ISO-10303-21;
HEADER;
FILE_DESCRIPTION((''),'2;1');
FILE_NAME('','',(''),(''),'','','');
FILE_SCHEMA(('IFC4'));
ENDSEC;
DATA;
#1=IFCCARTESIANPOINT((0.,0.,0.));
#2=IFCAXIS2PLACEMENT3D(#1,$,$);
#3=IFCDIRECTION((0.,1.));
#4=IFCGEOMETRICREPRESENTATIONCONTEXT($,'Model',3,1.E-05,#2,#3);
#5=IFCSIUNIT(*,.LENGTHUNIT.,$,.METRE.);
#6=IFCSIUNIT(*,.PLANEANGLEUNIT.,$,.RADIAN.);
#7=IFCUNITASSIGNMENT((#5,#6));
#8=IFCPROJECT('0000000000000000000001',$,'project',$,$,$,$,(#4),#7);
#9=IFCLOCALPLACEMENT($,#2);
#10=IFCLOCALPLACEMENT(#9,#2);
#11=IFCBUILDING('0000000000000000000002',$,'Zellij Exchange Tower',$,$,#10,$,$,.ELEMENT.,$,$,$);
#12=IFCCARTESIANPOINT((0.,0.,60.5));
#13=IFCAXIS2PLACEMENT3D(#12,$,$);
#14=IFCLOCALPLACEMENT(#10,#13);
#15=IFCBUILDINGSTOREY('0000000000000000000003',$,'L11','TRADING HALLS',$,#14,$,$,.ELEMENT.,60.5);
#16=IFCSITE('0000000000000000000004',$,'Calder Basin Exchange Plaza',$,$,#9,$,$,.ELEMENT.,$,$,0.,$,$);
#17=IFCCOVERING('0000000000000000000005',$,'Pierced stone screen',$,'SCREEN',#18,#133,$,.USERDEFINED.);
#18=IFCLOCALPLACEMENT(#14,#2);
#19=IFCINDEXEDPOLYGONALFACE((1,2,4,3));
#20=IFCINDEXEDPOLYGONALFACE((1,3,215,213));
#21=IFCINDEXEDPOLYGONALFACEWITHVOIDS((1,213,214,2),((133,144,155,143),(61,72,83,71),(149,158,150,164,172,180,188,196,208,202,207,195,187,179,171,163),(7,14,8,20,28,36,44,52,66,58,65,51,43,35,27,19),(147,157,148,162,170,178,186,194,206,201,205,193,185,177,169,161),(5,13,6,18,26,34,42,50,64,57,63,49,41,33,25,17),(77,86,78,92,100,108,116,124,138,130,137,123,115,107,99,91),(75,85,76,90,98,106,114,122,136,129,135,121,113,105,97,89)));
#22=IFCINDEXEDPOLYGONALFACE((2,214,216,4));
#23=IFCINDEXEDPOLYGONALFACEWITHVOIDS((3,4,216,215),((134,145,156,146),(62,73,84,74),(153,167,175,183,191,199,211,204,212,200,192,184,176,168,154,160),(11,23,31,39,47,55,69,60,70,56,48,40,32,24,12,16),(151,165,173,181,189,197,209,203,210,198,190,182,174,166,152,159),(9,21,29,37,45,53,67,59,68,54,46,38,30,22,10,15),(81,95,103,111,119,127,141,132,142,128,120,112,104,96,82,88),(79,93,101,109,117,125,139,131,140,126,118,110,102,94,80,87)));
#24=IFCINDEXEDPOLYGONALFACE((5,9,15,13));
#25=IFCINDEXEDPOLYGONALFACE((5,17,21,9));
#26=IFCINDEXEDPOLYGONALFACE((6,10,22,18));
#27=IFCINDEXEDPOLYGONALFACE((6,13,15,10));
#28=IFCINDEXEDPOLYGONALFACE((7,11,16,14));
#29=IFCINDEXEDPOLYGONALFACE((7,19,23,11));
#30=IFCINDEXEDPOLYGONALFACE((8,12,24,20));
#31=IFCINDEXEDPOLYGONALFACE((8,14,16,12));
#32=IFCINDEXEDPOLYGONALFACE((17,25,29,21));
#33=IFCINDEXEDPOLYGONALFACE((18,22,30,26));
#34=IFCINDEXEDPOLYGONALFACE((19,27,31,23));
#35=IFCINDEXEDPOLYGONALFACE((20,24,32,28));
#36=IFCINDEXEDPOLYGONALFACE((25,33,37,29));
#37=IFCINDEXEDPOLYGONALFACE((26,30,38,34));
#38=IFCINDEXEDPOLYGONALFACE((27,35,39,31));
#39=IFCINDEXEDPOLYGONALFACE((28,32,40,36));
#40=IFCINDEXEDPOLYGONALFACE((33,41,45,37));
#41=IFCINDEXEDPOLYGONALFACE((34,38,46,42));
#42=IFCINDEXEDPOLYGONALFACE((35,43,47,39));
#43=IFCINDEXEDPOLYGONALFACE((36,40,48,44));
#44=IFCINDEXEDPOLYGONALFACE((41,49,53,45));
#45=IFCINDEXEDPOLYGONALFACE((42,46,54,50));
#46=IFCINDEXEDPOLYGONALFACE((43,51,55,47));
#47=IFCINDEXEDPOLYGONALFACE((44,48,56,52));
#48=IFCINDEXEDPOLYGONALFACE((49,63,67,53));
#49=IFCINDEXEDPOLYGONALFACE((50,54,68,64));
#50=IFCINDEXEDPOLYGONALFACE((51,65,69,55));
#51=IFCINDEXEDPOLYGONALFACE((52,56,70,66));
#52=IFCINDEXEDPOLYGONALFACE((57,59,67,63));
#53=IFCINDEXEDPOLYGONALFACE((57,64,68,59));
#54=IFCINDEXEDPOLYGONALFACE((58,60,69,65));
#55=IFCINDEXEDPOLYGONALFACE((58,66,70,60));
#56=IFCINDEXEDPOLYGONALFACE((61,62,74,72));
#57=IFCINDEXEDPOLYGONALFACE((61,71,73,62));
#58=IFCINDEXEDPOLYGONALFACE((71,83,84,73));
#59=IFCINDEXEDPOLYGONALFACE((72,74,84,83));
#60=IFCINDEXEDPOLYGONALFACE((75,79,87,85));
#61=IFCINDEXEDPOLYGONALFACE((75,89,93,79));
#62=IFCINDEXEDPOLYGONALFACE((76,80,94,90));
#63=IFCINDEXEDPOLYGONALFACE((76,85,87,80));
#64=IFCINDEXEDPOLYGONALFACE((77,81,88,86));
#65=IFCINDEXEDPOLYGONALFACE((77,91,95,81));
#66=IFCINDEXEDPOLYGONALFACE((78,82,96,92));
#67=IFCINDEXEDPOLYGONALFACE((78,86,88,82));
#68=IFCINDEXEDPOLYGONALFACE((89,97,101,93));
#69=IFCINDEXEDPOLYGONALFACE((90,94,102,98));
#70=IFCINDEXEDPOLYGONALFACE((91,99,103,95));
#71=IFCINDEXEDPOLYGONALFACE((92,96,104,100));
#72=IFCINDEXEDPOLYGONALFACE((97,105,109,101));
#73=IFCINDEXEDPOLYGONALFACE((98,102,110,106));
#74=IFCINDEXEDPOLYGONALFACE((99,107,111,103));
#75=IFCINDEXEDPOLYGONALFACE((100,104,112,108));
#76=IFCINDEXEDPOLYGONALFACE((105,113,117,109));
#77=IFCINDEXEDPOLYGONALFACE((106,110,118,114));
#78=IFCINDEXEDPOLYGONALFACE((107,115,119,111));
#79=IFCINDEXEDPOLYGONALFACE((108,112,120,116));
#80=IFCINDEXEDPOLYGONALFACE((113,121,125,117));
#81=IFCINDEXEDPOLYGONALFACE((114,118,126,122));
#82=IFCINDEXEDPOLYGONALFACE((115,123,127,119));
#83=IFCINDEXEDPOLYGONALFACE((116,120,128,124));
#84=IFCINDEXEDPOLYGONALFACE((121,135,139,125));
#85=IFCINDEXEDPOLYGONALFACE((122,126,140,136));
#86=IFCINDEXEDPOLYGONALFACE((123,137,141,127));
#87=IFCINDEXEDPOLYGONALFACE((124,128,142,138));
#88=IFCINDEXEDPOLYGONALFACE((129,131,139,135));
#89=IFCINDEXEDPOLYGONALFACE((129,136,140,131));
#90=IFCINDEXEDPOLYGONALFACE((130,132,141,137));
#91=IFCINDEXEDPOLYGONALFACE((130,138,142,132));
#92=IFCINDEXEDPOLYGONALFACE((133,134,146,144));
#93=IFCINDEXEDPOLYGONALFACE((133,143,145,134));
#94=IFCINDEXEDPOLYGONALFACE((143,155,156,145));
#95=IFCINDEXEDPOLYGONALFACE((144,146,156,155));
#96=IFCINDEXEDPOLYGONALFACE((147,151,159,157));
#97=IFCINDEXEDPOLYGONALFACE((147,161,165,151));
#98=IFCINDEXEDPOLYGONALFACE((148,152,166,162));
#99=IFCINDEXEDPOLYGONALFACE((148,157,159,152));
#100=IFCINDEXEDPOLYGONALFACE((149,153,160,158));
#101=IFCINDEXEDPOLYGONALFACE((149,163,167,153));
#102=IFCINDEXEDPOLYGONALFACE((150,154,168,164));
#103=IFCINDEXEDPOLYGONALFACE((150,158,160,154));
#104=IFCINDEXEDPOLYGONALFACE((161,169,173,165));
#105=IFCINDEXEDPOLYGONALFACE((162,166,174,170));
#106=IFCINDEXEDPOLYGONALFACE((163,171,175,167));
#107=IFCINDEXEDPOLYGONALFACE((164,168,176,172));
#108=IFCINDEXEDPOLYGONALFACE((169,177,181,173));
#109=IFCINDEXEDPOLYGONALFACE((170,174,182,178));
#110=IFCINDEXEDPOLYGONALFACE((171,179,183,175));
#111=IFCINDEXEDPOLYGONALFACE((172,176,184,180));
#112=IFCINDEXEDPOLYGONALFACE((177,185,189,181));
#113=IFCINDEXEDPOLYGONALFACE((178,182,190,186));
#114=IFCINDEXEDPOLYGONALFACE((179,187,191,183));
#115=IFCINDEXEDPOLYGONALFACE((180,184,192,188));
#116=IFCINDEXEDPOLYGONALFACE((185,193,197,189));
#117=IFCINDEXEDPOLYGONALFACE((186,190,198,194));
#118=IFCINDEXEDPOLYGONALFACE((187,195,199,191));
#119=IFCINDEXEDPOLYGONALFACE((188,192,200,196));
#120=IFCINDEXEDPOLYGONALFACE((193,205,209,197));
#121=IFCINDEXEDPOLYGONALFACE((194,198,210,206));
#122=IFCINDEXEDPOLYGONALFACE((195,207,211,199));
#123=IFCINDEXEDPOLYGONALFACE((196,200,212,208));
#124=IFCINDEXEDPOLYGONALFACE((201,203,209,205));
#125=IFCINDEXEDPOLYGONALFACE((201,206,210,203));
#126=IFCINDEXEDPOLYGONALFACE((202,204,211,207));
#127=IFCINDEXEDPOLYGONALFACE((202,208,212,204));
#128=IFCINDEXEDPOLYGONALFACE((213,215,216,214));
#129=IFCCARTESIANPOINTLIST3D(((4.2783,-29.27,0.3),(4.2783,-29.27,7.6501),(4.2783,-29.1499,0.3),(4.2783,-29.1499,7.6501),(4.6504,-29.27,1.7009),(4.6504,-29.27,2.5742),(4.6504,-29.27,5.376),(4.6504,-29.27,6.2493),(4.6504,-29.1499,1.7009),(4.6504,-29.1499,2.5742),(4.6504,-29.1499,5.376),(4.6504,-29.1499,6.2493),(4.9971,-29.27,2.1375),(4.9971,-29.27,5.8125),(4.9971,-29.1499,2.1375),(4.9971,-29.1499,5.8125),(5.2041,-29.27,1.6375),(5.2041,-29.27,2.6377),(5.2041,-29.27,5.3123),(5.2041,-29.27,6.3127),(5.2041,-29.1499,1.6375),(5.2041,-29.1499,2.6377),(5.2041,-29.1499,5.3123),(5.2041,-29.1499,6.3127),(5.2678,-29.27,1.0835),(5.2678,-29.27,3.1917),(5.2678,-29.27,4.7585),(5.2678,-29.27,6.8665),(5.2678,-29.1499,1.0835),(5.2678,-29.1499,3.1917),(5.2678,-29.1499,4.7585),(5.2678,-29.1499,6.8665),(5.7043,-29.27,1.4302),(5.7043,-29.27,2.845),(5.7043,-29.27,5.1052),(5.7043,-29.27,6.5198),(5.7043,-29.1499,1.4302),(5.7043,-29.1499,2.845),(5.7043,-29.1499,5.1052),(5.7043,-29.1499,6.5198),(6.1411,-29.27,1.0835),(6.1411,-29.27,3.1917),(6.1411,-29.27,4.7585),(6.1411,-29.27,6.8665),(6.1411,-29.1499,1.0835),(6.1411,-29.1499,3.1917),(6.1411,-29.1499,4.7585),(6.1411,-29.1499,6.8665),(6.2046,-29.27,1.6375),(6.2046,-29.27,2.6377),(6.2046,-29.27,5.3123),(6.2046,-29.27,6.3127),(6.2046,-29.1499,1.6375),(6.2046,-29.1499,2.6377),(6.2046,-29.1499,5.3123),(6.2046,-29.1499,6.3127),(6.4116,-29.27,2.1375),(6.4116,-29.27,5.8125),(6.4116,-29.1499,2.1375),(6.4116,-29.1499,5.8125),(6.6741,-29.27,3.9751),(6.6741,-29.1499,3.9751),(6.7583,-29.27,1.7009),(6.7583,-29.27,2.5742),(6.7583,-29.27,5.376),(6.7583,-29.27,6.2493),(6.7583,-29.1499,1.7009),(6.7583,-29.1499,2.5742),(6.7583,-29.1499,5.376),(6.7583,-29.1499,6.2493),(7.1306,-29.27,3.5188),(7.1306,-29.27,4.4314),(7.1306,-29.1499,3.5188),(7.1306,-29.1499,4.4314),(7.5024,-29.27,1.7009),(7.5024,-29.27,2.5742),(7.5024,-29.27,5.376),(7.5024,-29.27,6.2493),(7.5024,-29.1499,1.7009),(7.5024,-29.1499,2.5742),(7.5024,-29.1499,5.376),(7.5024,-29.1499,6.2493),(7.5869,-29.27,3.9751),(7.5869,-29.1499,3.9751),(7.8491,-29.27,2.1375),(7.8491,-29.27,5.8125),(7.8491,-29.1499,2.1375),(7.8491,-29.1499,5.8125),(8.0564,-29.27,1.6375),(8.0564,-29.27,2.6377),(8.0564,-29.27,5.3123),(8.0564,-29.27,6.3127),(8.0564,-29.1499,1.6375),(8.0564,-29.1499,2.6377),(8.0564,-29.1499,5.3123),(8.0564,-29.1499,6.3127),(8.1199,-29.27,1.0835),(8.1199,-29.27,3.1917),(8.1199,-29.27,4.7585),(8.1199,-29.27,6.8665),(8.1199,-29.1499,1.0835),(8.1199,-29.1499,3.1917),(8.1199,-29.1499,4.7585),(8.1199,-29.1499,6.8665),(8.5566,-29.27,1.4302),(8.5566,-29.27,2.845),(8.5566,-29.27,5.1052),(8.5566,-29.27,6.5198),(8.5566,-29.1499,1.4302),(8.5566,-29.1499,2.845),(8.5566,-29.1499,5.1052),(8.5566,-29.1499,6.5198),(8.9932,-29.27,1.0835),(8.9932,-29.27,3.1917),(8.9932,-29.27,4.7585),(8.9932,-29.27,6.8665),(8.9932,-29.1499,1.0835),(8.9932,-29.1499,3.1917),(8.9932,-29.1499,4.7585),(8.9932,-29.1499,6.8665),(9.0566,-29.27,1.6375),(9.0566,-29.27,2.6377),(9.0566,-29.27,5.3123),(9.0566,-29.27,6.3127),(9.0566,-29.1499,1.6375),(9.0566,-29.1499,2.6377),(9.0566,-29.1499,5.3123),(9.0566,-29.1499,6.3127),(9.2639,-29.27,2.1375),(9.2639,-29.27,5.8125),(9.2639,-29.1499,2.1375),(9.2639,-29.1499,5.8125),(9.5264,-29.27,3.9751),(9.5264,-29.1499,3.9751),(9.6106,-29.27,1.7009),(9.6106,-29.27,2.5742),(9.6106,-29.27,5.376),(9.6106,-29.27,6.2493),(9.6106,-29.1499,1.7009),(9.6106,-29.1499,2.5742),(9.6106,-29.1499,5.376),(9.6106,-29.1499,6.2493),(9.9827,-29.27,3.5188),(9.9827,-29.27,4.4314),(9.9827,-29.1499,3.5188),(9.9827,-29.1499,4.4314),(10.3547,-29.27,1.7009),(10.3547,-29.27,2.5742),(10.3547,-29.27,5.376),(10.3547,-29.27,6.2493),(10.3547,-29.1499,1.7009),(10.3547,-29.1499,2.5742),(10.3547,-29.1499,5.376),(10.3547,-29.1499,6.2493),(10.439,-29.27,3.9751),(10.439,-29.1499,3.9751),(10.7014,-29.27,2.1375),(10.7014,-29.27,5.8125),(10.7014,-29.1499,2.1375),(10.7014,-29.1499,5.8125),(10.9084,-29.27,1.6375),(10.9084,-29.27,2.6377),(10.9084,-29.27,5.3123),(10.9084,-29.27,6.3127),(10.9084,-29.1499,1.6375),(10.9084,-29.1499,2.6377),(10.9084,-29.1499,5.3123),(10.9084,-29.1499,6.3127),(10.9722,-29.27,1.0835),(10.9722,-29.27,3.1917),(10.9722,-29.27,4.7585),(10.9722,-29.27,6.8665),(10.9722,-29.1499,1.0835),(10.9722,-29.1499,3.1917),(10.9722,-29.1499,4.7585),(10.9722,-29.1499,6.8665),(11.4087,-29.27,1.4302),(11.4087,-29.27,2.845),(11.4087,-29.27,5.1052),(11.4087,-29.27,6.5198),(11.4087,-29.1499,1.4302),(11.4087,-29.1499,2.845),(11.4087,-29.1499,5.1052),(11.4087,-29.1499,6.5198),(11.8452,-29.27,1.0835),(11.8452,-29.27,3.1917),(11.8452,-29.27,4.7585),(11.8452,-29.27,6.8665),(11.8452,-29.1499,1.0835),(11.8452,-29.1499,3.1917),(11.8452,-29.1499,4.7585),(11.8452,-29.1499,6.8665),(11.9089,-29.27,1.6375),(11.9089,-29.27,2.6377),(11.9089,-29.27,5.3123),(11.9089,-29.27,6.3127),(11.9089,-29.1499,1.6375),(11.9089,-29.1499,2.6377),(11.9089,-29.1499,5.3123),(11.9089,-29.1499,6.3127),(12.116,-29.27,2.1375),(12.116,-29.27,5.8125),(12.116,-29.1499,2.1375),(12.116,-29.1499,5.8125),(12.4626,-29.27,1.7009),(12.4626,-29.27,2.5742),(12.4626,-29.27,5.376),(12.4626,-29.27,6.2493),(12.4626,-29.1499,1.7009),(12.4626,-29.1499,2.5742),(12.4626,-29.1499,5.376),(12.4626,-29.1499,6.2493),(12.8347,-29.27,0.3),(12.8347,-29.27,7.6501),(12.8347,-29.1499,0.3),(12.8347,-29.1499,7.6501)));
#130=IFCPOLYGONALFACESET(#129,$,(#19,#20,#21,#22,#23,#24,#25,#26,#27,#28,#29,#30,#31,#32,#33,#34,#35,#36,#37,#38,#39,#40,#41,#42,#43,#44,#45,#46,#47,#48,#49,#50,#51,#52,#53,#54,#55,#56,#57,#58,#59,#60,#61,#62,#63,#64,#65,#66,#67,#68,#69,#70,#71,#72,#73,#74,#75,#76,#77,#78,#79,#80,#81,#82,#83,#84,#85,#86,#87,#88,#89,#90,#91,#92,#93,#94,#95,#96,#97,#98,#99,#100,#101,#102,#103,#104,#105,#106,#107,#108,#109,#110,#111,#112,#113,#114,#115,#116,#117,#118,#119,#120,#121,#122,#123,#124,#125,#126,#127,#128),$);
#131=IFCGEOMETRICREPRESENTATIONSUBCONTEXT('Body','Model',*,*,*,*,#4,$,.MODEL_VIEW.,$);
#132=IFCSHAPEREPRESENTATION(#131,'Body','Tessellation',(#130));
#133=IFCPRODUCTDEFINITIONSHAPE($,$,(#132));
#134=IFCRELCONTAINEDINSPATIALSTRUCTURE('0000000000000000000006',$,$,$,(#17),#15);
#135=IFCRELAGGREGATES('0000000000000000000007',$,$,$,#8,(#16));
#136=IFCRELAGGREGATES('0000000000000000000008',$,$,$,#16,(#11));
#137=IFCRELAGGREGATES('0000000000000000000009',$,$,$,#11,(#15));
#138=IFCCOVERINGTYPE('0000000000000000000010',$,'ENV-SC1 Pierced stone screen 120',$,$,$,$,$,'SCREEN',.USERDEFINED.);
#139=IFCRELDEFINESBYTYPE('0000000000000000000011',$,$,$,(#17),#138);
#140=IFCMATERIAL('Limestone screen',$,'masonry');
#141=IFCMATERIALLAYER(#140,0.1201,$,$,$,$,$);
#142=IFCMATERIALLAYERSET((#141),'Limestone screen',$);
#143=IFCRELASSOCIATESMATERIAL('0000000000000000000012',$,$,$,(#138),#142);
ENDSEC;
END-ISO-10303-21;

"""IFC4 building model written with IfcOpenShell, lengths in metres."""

from ifc_helpers import new_model, si_unit, direction, frame, origin, place, context, subcontext, project, spatial, polyline, outline, extrude, material, layer, layer_set, type_object, element, save


model = new_model("IFC4")

# Units and contexts
model_context = context("Model", 3, precision=1e-05, world=origin(), true_north=direction((0.0, 1.0)))
body_context = subcontext(model_context, "Body", "Model", "MODEL_VIEW")
ifc_project = project(units=[si_unit("LENGTHUNIT", "METRE"), si_unit("PLANEANGLEUNIT", "RADIAN")], contexts=[model_context])

# Site, building, storey
site_placement = place(None, origin())
site = spatial("IfcSite", under=ifc_project, at=site_placement, Name="Calder Basin Exchange Plaza", CompositionType="ELEMENT", RefElevation=0.0)
building_placement = place(site_placement, origin())
building = spatial("IfcBuilding", under=site, at=building_placement, Name="Zellij Exchange Tower", CompositionType="ELEMENT")
storey_placement = place(building_placement, frame((0.0, 0.0, 60.5)))
storey = spatial("IfcBuildingStorey", under=building, at=storey_placement, Name="L11", Description="TRADING HALLS", CompositionType="ELEMENT", Elevation=60.5)

# Covering
ifc_material_1 = material(Name="Limestone screen", Category="masonry")
ifc_layer_1 = layer(ifc_material_1, 0.1201)
ifc_layer_set_1 = layer_set([ifc_layer_1], Name="Limestone screen")
covering_type = type_object("IfcCoveringType", Name="ENV-SC1 Pierced stone screen 120", ElementType="SCREEN", PredefinedType="USERDEFINED", material=ifc_layer_set_1)
covering_1_placement = place(storey_placement, frame((4.2783, -29.21, 0.3), z_axis=(0.0, 0.0, 1.0), x_axis=(1.0, 0.0, 0.0)))
element("IfcCovering", 1, at=covering_1_placement, inside=storey, type_object=covering_type, Name="Pierced stone screen", ObjectType="SCREEN", PredefinedType="USERDEFINED", context=body_context, shape_type="SweptSolid", body=[
    extrude(outline(polyline([(0.0, 0.0), (8.5564, 0.0), (8.5564, 7.3501), (0.0, 7.3501), (0.0, 0.0)]), holes=[polyline([(2.48, 2.2742), (1.9263, 2.3376), (1.8628, 2.8916), (1.426, 2.5449), (0.9895, 2.8916), (0.9258, 2.3376), (0.3721, 2.2742), (0.7188, 1.8374), (0.3721, 1.4009), (0.9258, 1.3374), (0.9895, 0.7834), (1.426, 1.1301), (1.8628, 0.7834), (1.9263, 1.3374), (2.48, 1.4009), (2.1333, 1.8374), (2.48, 2.2742)]), polyline([(2.48, 5.9492), (1.9263, 6.0127), (1.8628, 6.5664), (1.426, 6.2197), (0.9895, 6.5664), (0.9258, 6.0127), (0.3721, 5.9492), (0.7188, 5.5125), (0.3721, 5.0759), (0.9258, 5.0122), (0.9895, 4.4585), (1.426, 4.8052), (1.8628, 4.4585), (1.9263, 5.0122), (2.48, 5.0759), (2.1333, 5.5125), (2.48, 5.9492)]), polyline([(5.3323, 2.2742), (4.7783, 2.3376), (4.7148, 2.8916), (4.2783, 2.5449), (3.8416, 2.8916), (3.7781, 2.3376), (3.2241, 2.2742), (3.5708, 1.8374), (3.2241, 1.4009), (3.7781, 1.3374), (3.8416, 0.7834), (4.2783, 1.1301), (4.7148, 0.7834), (4.7783, 1.3374), (5.3323, 1.4009), (4.9856, 1.8374), (5.3323, 2.2742)]), polyline([(5.3323, 5.9492), (4.7783, 6.0127), (4.7148, 6.5664), (4.2783, 6.2197), (3.8416, 6.5664), (3.7781, 6.0127), (3.2241, 5.9492), (3.5708, 5.5125), (3.2241, 5.0759), (3.7781, 5.0122), (3.8416, 4.4585), (4.2783, 4.8052), (4.7148, 4.4585), (4.7783, 5.0122), (5.3323, 5.0759), (4.9856, 5.5125), (5.3323, 5.9492)]), polyline([(8.1843, 2.2742), (7.6306, 2.3376), (7.5669, 2.8916), (7.1304, 2.5449), (6.6938, 2.8916), (6.6301, 2.3376), (6.0764, 2.2742), (6.4231, 1.8374), (6.0764, 1.4009), (6.6301, 1.3374), (6.6938, 0.7834), (7.1304, 1.1301), (7.5669, 0.7834), (7.6306, 1.3374), (8.1843, 1.4009), (7.8376, 1.8374), (8.1843, 2.2742)]), polyline([(8.1843, 5.9492), (7.6306, 6.0127), (7.5669, 6.5664), (7.1304, 6.2197), (6.6938, 6.5664), (6.6301, 6.0127), (6.0764, 5.9492), (6.4231, 5.5125), (6.0764, 5.0759), (6.6301, 5.0122), (6.6938, 4.4585), (7.1304, 4.8052), (7.5669, 4.4585), (7.6306, 5.0122), (8.1843, 5.0759), (7.8376, 5.5125), (8.1843, 5.9492)]), polyline([(3.3086, 3.675), (2.8523, 4.1313), (2.3958, 3.675), (2.8523, 3.2188), (3.3086, 3.675)]), polyline([(6.1606, 3.675), (5.7043, 4.1313), (5.248, 3.675), (5.7043, 3.2188), (6.1606, 3.675)])]), frame((0.0, 0.0601, 0.0), z_axis=(0.0, -1.0, 0.0), x_axis=(1.0, 0.0, 0.0)), (0.0, 0.0, 1.0), 0.1201),
])

save(model, "model.ifc")
